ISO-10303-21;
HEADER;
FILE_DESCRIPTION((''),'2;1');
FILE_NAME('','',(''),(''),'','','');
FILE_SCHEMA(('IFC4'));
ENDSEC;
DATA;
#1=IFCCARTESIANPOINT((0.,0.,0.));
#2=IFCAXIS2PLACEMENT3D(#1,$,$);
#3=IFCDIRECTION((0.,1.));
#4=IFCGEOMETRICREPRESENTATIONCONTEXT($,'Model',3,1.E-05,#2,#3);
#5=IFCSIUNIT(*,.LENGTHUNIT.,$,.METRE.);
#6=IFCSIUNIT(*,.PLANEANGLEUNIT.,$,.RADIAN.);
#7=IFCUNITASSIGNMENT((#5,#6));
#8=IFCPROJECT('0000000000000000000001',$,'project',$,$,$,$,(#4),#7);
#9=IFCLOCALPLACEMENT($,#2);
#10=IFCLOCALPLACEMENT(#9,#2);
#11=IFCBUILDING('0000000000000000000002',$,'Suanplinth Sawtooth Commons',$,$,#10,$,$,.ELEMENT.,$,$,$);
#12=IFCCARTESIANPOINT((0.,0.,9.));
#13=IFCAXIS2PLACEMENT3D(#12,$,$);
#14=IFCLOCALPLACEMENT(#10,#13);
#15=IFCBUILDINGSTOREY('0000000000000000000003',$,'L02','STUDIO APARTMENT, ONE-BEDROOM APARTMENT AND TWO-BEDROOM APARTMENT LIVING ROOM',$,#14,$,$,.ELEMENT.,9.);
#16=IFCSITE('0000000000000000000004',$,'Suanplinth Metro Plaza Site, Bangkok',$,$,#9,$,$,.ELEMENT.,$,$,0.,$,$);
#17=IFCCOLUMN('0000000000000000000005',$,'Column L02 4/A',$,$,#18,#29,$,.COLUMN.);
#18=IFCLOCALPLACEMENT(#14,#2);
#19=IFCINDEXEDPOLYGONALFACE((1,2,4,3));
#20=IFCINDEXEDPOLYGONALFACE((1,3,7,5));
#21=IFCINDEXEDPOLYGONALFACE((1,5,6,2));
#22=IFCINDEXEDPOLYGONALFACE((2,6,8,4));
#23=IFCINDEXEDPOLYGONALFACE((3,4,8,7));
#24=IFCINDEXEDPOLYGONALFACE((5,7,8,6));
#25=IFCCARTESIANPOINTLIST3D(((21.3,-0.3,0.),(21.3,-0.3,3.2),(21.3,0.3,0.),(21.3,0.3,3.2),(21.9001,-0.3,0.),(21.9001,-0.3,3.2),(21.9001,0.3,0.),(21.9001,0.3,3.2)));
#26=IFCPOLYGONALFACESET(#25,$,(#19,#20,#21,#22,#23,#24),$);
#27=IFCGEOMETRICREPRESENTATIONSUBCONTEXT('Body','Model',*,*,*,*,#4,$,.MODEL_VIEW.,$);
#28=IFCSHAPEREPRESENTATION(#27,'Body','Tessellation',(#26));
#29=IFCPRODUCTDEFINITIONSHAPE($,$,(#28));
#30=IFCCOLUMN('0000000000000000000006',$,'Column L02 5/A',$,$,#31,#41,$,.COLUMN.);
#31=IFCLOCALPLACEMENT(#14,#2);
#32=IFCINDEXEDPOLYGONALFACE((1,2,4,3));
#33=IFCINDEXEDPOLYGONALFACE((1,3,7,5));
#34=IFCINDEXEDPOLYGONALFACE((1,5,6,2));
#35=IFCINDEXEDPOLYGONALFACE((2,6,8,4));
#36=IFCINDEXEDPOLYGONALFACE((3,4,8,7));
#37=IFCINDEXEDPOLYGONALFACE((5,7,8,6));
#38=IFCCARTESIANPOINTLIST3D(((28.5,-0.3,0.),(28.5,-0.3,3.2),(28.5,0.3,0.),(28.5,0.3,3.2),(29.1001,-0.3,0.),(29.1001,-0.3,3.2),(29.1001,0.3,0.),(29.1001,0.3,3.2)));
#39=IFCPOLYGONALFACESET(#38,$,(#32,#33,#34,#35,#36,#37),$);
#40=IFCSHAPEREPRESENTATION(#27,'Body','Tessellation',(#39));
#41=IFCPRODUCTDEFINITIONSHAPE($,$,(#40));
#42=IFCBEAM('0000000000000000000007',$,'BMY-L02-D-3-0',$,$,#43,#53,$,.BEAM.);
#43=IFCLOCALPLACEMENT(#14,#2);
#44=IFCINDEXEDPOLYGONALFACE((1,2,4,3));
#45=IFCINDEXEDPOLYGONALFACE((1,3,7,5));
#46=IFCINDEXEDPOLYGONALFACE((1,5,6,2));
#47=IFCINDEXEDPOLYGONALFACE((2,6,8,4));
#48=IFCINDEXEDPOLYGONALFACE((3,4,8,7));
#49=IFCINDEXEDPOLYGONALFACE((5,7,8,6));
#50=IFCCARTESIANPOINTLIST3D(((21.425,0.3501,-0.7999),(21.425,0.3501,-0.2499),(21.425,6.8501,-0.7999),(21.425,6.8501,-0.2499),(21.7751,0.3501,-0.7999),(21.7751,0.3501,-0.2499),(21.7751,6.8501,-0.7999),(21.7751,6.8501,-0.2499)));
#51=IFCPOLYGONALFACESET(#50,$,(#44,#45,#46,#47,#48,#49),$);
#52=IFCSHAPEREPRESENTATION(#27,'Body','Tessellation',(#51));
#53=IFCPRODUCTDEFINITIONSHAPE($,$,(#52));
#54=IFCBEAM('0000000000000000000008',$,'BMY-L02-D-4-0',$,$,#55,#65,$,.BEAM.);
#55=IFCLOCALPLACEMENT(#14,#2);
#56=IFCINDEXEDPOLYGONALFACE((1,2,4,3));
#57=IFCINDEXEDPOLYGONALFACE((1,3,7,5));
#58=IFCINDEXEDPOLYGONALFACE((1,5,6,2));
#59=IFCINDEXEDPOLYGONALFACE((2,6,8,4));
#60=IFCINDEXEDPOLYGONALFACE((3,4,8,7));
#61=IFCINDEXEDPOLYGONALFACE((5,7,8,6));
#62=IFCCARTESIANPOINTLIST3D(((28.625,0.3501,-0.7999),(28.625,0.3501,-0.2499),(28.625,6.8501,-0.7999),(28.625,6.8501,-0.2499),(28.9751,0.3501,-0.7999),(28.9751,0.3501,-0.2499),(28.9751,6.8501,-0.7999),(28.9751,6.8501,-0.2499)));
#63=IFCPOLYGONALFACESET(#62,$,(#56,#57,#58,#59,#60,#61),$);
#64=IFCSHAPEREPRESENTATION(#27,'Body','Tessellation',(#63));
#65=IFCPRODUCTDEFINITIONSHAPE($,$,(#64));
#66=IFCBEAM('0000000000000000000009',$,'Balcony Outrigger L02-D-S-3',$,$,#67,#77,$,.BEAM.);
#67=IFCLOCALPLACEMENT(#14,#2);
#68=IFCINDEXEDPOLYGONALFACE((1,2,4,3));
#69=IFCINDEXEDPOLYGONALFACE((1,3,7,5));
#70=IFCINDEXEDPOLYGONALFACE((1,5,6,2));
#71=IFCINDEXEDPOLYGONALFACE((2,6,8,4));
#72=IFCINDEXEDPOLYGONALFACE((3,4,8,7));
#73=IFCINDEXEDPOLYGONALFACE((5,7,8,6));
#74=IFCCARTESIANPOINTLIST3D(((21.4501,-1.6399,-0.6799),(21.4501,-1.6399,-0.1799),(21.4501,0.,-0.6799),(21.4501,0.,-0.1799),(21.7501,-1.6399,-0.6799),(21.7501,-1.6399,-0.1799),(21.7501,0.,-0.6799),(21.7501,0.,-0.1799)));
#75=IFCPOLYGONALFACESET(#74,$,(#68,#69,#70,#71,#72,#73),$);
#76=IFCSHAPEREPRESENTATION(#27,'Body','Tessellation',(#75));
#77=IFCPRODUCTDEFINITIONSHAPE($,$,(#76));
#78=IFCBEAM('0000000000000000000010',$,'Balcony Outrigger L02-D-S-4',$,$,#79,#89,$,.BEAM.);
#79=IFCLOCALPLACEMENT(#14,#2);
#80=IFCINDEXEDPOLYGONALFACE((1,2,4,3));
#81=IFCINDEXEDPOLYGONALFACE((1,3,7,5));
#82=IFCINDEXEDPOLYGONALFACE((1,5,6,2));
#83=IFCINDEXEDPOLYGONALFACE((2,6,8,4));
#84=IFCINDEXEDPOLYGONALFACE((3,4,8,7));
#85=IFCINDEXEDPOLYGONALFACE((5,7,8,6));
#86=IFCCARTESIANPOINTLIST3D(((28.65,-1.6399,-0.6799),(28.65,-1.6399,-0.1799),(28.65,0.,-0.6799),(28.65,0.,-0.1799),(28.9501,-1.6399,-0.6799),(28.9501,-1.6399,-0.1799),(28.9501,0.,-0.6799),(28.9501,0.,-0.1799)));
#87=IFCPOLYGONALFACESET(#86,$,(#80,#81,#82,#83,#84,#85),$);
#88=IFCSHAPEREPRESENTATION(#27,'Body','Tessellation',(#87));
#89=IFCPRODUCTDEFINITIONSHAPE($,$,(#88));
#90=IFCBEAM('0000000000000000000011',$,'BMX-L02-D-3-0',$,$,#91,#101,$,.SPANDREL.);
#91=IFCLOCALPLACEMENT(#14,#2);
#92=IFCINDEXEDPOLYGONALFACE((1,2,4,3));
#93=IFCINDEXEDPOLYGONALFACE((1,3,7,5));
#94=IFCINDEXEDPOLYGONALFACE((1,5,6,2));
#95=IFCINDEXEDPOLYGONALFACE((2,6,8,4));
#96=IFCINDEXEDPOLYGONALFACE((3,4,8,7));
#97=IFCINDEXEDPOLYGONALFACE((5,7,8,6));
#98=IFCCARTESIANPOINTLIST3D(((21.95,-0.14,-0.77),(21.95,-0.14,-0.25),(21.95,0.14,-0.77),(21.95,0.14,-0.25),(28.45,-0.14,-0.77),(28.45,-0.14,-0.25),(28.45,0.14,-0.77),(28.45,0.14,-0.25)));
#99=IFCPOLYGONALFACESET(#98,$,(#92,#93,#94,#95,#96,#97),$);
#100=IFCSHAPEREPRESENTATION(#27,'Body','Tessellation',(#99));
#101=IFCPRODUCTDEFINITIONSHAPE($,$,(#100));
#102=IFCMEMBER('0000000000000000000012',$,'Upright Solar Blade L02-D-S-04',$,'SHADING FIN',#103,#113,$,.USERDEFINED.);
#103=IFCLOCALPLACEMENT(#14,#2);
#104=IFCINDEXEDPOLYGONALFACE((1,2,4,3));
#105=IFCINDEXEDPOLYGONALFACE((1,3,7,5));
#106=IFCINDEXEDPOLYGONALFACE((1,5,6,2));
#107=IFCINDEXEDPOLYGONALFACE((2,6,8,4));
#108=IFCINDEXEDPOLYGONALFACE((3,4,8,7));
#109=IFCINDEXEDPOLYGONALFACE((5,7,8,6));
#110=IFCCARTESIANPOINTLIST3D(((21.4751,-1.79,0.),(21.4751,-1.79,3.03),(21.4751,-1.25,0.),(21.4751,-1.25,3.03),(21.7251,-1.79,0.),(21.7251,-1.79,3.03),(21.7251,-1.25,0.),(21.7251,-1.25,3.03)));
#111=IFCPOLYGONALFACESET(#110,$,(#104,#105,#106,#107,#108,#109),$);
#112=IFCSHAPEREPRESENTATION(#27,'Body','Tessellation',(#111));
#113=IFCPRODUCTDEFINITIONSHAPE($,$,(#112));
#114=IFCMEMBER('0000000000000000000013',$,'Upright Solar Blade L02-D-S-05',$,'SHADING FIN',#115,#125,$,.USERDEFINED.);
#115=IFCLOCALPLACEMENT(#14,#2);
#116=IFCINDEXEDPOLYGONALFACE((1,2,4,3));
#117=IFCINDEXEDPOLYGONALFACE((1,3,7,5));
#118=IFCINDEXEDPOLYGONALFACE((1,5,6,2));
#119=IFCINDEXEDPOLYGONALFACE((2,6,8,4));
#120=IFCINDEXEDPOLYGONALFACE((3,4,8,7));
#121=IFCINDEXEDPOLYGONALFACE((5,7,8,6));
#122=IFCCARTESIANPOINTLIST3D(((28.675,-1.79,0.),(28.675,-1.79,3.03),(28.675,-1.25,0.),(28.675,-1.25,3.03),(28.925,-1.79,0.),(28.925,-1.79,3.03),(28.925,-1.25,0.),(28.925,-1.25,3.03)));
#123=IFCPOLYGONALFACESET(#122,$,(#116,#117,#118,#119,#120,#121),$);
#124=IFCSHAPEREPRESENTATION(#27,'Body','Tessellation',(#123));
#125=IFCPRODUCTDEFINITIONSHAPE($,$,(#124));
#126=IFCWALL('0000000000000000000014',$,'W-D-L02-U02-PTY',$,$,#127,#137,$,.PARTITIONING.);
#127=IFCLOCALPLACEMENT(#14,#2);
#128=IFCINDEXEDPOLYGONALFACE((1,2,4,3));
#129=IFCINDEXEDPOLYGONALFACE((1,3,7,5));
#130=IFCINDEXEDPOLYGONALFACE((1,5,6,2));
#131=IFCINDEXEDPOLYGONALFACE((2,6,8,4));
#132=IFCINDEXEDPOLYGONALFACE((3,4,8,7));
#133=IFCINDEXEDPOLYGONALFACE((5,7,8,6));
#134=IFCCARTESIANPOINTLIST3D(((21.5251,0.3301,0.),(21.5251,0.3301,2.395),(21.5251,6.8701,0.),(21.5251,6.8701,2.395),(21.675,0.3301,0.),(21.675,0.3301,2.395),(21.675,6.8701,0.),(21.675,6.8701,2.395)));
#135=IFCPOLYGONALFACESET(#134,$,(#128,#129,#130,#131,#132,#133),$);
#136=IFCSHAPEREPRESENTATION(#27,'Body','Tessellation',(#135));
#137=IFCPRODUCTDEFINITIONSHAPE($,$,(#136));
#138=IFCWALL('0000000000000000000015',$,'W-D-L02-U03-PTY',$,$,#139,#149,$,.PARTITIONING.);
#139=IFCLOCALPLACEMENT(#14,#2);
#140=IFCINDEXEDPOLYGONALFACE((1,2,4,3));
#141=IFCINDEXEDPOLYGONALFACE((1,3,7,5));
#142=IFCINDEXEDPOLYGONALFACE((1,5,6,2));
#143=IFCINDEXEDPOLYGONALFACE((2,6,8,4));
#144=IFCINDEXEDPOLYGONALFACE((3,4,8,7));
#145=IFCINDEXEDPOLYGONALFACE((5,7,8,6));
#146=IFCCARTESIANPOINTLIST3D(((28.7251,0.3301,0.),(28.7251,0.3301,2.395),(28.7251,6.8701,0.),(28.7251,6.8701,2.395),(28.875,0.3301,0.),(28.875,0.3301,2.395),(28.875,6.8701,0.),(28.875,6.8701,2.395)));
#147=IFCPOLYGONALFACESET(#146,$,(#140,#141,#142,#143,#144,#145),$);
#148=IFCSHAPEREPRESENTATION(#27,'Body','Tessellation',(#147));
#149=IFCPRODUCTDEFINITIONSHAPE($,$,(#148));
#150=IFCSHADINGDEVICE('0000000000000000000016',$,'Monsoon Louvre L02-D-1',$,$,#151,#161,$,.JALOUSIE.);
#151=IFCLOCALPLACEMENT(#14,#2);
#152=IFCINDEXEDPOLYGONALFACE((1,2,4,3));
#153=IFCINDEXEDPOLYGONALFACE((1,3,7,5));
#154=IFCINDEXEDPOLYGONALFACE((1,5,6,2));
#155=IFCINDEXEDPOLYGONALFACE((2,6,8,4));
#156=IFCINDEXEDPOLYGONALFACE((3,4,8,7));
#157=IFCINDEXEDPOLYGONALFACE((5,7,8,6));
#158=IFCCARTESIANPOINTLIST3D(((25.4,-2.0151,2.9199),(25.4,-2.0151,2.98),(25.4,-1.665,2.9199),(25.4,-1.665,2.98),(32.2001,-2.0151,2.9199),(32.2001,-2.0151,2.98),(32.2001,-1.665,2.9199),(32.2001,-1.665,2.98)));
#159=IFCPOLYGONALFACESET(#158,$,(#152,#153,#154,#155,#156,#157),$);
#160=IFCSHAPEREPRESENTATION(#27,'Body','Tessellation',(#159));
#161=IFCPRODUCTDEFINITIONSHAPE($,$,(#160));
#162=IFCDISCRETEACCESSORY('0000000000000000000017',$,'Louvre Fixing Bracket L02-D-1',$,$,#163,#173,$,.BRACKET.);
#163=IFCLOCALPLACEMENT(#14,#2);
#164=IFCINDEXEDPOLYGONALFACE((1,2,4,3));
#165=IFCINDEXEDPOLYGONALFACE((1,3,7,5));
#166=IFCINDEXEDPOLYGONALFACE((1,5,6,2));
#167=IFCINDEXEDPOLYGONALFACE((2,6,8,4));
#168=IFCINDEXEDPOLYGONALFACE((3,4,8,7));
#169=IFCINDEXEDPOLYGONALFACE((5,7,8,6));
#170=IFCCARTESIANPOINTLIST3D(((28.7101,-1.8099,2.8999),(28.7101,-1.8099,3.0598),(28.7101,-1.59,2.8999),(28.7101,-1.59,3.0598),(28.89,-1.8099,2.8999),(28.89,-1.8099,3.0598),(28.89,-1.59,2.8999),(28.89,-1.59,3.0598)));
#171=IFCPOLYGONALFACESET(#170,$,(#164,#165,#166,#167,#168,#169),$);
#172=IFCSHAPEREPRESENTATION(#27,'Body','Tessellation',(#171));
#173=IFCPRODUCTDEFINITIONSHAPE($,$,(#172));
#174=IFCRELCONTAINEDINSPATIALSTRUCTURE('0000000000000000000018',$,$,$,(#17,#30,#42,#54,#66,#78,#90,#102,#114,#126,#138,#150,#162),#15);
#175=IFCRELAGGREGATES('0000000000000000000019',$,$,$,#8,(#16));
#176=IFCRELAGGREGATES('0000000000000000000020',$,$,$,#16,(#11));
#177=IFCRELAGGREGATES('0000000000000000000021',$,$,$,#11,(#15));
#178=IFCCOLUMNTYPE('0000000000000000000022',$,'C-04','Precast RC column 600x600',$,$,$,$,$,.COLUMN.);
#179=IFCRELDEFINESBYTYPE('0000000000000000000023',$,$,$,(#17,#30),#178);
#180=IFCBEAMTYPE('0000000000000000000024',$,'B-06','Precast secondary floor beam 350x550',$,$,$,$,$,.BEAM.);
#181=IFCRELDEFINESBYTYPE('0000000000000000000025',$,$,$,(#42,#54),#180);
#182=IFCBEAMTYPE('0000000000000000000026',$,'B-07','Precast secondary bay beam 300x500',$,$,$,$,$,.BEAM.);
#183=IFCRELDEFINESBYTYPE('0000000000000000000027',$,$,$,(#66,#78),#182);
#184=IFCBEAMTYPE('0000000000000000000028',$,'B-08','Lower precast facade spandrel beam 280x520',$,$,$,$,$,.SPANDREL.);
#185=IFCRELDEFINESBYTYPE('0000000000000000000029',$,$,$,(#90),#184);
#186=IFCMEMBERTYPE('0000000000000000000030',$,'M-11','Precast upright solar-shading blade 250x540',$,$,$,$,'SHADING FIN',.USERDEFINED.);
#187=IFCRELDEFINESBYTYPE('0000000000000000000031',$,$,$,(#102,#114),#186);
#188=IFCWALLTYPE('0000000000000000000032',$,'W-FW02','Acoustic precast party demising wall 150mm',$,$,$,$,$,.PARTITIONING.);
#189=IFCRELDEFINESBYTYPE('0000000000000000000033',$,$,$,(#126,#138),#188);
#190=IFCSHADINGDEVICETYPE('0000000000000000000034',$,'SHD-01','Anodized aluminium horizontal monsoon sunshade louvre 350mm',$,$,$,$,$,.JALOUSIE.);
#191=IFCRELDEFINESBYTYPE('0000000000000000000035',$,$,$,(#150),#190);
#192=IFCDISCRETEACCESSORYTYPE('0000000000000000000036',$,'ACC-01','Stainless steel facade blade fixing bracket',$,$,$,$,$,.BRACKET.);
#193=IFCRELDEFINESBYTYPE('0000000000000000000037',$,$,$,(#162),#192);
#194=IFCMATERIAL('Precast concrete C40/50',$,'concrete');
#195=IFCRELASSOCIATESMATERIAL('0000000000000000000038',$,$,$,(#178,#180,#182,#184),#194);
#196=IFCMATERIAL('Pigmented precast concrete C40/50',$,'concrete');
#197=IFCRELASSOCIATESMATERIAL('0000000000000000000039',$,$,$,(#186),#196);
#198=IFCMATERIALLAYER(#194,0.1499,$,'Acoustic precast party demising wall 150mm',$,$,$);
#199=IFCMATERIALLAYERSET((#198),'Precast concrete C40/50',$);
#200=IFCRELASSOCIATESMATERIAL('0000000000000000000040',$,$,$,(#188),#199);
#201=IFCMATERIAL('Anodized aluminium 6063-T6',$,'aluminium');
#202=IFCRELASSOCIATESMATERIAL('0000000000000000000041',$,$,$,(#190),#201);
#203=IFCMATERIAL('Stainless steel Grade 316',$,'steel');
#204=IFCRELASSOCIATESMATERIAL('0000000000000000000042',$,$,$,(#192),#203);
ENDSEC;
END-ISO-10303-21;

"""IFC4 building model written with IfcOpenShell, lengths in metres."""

from ifc_helpers import new_model, si_unit, direction, frame, frame_2d, origin, origin_2d, place, context, subcontext, project, spatial, rectangle, extrude, material, layer, layer_set, material_profile, profile_set, type_object, element, save


model = new_model("IFC4")

# Units and contexts
model_context = context("Model", 3, precision=1e-05, world=origin(), true_north=direction((0.0, 1.0)))
body_context = subcontext(model_context, "Body", "Model", "MODEL_VIEW")
ifc_project = project(units=[si_unit("LENGTHUNIT", "METRE"), si_unit("PLANEANGLEUNIT", "RADIAN")], contexts=[model_context])

# Site, building, storey
site_placement = place(None, origin())
site = spatial("IfcSite", under=ifc_project, at=site_placement, Name="Suanplinth Metro Plaza Site, Bangkok", CompositionType="ELEMENT", RefElevation=0.0)
building_placement = place(site_placement, origin())
building = spatial("IfcBuilding", under=site, at=building_placement, Name="Suanplinth Sawtooth Commons", CompositionType="ELEMENT")
storey_placement = place(building_placement, frame((0.0, 0.0, 9.0)))
storey = spatial("IfcBuildingStorey", under=building, at=storey_placement, Name="L02", Description="STUDIO APARTMENT, ONE-BEDROOM APARTMENT AND TWO-BEDROOM APARTMENT LIVING ROOM", CompositionType="ELEMENT", Elevation=9.0)

# Columns
ifc_material_1 = material(Name="Precast concrete C40/50", Category="concrete")
ifc_material_profile_1 = material_profile(ifc_material_1, rectangle(XDim=0.6001, YDim=0.6001, at=origin_2d()), Name="PC-COL 600x600")
ifc_profile_set_1 = profile_set([ifc_material_profile_1], Name="Precast concrete C40/50")
column_type = type_object("IfcColumnType", Name="C-04", Description="Precast RC column 600x600", PredefinedType="COLUMN", material=ifc_profile_set_1)
for number, where, z_axis, x_axis, name in (
    (1, (21.6001, 0.0, 0.0), (0.0, 0.0, 1.0), (1.0, 0.0, 0.0), "Column L02 4/A"),
    (2, (28.8, 0.0, 0.0), (0.0, 0.0, 1.0), (1.0, 0.0, 0.0), "Column L02 5/A"),
):
    element("IfcColumn", number, at=place(storey_placement, frame(where, z_axis=z_axis, x_axis=x_axis)), inside=storey, type_object=column_type, Name=name, PredefinedType="COLUMN", context=body_context, shape_type="SweptSolid", body=[
        extrude(rectangle(XDim=0.6001, YDim=0.6001, at=origin_2d()), origin(), (0.0, 0.0, 1.0), 3.2),
    ])

# Beams
ifc_material_profile_2 = material_profile(ifc_material_1, rectangle(XDim=0.3501, YDim=0.55, at=origin_2d()), Name="PC-BM 350x550")
ifc_profile_set_2 = profile_set([ifc_material_profile_2], Name="Precast concrete C40/50")
beam_type_1 = type_object("IfcBeamType", Name="B-06", Description="Precast secondary floor beam 350x550", PredefinedType="BEAM", material=ifc_profile_set_2)
for number, where, z_axis, x_axis, name in (
    (3, (21.6001, 0.3501, -0.5249), (0.0, 1.0, 0.0), (-1.0, 0.0, 0.0), "BMY-L02-D-3-0"),
    (4, (28.8, 0.3501, -0.5249), (0.0, 1.0, 0.0), (-1.0, 0.0, 0.0), "BMY-L02-D-4-0"),
):
    element("IfcBeam", number, at=place(storey_placement, frame(where, z_axis=z_axis, x_axis=x_axis)), inside=storey, type_object=beam_type_1, Name=name, PredefinedType="BEAM", context=body_context, shape_type="SweptSolid", body=[
        extrude(rectangle(XDim=0.3501, YDim=0.55, at=origin_2d()), origin(), (0.0, 0.0, 1.0), 6.5),
    ])
ifc_material_profile_3 = material_profile(ifc_material_1, rectangle(XDim=0.3, YDim=0.5, at=origin_2d()), Name="PC-BM 300x500")
ifc_profile_set_3 = profile_set([ifc_material_profile_3], Name="Precast concrete C40/50")
beam_type_2 = type_object("IfcBeamType", Name="B-07", Description="Precast secondary bay beam 300x500", PredefinedType="BEAM", material=ifc_profile_set_3)
for number, where, z_axis, x_axis, name in (
    (5, (21.6001, 0.0, -0.4299), (0.0, -1.0, 0.0), (1.0, 0.0, 0.0), "Balcony Outrigger L02-D-S-3"),
    (6, (28.8, 0.0, -0.4299), (0.0, -1.0, 0.0), (1.0, 0.0, 0.0), "Balcony Outrigger L02-D-S-4"),
):
    element("IfcBeam", number, at=place(storey_placement, frame(where, z_axis=z_axis, x_axis=x_axis)), inside=storey, type_object=beam_type_2, Name=name, PredefinedType="BEAM", context=body_context, shape_type="SweptSolid", body=[
        extrude(rectangle(XDim=0.3, YDim=0.5, at=origin_2d()), origin(), (0.0, 0.0, 1.0), 1.6399),
    ])
ifc_material_profile_4 = material_profile(ifc_material_1, rectangle(XDim=0.28, YDim=0.52, at=origin_2d()), Name="PC-SP 280x520")
ifc_profile_set_4 = profile_set([ifc_material_profile_4], Name="Precast concrete C40/50")
beam_type_3 = type_object("IfcBeamType", Name="B-08", Description="Lower precast facade spandrel beam 280x520", PredefinedType="SPANDREL", material=ifc_profile_set_4)
beam_placement = place(storey_placement, frame((21.95, 0.0, -0.51), z_axis=(1.0, 0.0, 0.0), x_axis=(0.0, 1.0, 0.0)))
element("IfcBeam", 7, at=beam_placement, inside=storey, type_object=beam_type_3, Name="BMX-L02-D-3-0", PredefinedType="SPANDREL", context=body_context, shape_type="SweptSolid", body=[
    extrude(rectangle(XDim=0.28, YDim=0.52, at=origin_2d()), origin(), (0.0, 0.0, 1.0), 6.5),
])

# Members
ifc_material_2 = material(Name="Pigmented precast concrete C40/50", Category="concrete")
ifc_material_profile_5 = material_profile(ifc_material_2, rectangle(XDim=0.25, YDim=0.54, at=origin_2d()), Name="PC-FIN 250x540")
ifc_profile_set_5 = profile_set([ifc_material_profile_5], Name="Pigmented precast concrete C40/50")
member_type = type_object("IfcMemberType", Name="M-11", Description="Precast upright solar-shading blade 250x540", ElementType="SHADING FIN", PredefinedType="USERDEFINED", material=ifc_profile_set_5)
for number, where, z_axis, x_axis, name in (
    (8, (21.6001, -1.52, 0.0), (0.0, 0.0, 1.0), (1.0, 0.0, 0.0), "Upright Solar Blade L02-D-S-04"),
    (9, (28.8, -1.52, 0.0), (0.0, 0.0, 1.0), (1.0, 0.0, 0.0), "Upright Solar Blade L02-D-S-05"),
):
    element("IfcMember", number, at=place(storey_placement, frame(where, z_axis=z_axis, x_axis=x_axis)), inside=storey, type_object=member_type, Name=name, ObjectType="SHADING FIN", PredefinedType="USERDEFINED", context=body_context, shape_type="SweptSolid", body=[
        extrude(rectangle(XDim=0.25, YDim=0.54, at=origin_2d()), origin(), (0.0, 0.0, 1.0), 3.03),
    ])

# Walls
ifc_layer_1 = layer(ifc_material_1, 0.1499, Name="Acoustic precast party demising wall 150mm")
ifc_layer_set_1 = layer_set([ifc_layer_1], Name="Precast concrete C40/50")
wall_type_1 = type_object("IfcWallType", Name="W-FW02", Description="Acoustic precast party demising wall 150mm", PredefinedType="PARTITIONING", material=ifc_layer_set_1)
for number, where, z_axis, x_axis, name in (
    (10, (21.6001, 0.3301, 0.0), (0.0, 0.0, 1.0), (0.0, 1.0, 0.0), "W-D-L02-U02-PTY"),
    (11, (28.8, 0.3301, 0.0), (0.0, 0.0, 1.0), (0.0, 1.0, 0.0), "W-D-L02-U03-PTY"),
):
    element("IfcWall", number, at=place(storey_placement, frame(where, z_axis=z_axis, x_axis=x_axis)), inside=storey, type_object=wall_type_1, Name=name, PredefinedType="PARTITIONING", context=body_context, shape_type="SweptSolid", body=[
        extrude(rectangle(XDim=6.54, YDim=0.1499, at=frame_2d((3.27, 0.0))), origin(), (0.0, 0.0, 1.0), 2.395),
    ])

# Shading device
ifc_material_3 = material(Name="Anodized aluminium 6063-T6", Category="aluminium")
shading_device_type = type_object("IfcShadingDeviceType", Name="SHD-01", Description="Anodized aluminium horizontal monsoon sunshade louvre 350mm", PredefinedType="JALOUSIE", material=ifc_material_3)
shading_device_placement = place(storey_placement, frame((28.8, -1.8401, 2.9199), z_axis=(0.0, 0.0, 1.0), x_axis=(1.0, 0.0, 0.0)))
element("IfcShadingDevice", 12, at=shading_device_placement, inside=storey, type_object=shading_device_type, Name="Monsoon Louvre L02-D-1", PredefinedType="JALOUSIE", context=body_context, shape_type="SweptSolid", body=[
    extrude(rectangle(XDim=6.8, YDim=0.3501, at=origin_2d()), origin(), (0.0, 0.0, 1.0), 0.0601),
])

# Discrete accessory
ifc_material_4 = material(Name="Stainless steel Grade 316", Category="steel")
discrete_accessory_type = type_object("IfcDiscreteAccessoryType", Name="ACC-01", Description="Stainless steel facade blade fixing bracket", PredefinedType="BRACKET", material=ifc_material_4)
discrete_accessory_placement = place(storey_placement, frame((28.8, -1.7, 2.8999), z_axis=(0.0, 0.0, 1.0), x_axis=(1.0, 0.0, 0.0)))
element("IfcDiscreteAccessory", 13, at=discrete_accessory_placement, inside=storey, type_object=discrete_accessory_type, Name="Louvre Fixing Bracket L02-D-1", PredefinedType="BRACKET", context=body_context, shape_type="SweptSolid", body=[
    extrude(rectangle(XDim=0.1799, YDim=0.22, at=origin_2d()), origin(), (0.0, 0.0, 1.0), 0.1599),
])

save(model, "model.ifc")
